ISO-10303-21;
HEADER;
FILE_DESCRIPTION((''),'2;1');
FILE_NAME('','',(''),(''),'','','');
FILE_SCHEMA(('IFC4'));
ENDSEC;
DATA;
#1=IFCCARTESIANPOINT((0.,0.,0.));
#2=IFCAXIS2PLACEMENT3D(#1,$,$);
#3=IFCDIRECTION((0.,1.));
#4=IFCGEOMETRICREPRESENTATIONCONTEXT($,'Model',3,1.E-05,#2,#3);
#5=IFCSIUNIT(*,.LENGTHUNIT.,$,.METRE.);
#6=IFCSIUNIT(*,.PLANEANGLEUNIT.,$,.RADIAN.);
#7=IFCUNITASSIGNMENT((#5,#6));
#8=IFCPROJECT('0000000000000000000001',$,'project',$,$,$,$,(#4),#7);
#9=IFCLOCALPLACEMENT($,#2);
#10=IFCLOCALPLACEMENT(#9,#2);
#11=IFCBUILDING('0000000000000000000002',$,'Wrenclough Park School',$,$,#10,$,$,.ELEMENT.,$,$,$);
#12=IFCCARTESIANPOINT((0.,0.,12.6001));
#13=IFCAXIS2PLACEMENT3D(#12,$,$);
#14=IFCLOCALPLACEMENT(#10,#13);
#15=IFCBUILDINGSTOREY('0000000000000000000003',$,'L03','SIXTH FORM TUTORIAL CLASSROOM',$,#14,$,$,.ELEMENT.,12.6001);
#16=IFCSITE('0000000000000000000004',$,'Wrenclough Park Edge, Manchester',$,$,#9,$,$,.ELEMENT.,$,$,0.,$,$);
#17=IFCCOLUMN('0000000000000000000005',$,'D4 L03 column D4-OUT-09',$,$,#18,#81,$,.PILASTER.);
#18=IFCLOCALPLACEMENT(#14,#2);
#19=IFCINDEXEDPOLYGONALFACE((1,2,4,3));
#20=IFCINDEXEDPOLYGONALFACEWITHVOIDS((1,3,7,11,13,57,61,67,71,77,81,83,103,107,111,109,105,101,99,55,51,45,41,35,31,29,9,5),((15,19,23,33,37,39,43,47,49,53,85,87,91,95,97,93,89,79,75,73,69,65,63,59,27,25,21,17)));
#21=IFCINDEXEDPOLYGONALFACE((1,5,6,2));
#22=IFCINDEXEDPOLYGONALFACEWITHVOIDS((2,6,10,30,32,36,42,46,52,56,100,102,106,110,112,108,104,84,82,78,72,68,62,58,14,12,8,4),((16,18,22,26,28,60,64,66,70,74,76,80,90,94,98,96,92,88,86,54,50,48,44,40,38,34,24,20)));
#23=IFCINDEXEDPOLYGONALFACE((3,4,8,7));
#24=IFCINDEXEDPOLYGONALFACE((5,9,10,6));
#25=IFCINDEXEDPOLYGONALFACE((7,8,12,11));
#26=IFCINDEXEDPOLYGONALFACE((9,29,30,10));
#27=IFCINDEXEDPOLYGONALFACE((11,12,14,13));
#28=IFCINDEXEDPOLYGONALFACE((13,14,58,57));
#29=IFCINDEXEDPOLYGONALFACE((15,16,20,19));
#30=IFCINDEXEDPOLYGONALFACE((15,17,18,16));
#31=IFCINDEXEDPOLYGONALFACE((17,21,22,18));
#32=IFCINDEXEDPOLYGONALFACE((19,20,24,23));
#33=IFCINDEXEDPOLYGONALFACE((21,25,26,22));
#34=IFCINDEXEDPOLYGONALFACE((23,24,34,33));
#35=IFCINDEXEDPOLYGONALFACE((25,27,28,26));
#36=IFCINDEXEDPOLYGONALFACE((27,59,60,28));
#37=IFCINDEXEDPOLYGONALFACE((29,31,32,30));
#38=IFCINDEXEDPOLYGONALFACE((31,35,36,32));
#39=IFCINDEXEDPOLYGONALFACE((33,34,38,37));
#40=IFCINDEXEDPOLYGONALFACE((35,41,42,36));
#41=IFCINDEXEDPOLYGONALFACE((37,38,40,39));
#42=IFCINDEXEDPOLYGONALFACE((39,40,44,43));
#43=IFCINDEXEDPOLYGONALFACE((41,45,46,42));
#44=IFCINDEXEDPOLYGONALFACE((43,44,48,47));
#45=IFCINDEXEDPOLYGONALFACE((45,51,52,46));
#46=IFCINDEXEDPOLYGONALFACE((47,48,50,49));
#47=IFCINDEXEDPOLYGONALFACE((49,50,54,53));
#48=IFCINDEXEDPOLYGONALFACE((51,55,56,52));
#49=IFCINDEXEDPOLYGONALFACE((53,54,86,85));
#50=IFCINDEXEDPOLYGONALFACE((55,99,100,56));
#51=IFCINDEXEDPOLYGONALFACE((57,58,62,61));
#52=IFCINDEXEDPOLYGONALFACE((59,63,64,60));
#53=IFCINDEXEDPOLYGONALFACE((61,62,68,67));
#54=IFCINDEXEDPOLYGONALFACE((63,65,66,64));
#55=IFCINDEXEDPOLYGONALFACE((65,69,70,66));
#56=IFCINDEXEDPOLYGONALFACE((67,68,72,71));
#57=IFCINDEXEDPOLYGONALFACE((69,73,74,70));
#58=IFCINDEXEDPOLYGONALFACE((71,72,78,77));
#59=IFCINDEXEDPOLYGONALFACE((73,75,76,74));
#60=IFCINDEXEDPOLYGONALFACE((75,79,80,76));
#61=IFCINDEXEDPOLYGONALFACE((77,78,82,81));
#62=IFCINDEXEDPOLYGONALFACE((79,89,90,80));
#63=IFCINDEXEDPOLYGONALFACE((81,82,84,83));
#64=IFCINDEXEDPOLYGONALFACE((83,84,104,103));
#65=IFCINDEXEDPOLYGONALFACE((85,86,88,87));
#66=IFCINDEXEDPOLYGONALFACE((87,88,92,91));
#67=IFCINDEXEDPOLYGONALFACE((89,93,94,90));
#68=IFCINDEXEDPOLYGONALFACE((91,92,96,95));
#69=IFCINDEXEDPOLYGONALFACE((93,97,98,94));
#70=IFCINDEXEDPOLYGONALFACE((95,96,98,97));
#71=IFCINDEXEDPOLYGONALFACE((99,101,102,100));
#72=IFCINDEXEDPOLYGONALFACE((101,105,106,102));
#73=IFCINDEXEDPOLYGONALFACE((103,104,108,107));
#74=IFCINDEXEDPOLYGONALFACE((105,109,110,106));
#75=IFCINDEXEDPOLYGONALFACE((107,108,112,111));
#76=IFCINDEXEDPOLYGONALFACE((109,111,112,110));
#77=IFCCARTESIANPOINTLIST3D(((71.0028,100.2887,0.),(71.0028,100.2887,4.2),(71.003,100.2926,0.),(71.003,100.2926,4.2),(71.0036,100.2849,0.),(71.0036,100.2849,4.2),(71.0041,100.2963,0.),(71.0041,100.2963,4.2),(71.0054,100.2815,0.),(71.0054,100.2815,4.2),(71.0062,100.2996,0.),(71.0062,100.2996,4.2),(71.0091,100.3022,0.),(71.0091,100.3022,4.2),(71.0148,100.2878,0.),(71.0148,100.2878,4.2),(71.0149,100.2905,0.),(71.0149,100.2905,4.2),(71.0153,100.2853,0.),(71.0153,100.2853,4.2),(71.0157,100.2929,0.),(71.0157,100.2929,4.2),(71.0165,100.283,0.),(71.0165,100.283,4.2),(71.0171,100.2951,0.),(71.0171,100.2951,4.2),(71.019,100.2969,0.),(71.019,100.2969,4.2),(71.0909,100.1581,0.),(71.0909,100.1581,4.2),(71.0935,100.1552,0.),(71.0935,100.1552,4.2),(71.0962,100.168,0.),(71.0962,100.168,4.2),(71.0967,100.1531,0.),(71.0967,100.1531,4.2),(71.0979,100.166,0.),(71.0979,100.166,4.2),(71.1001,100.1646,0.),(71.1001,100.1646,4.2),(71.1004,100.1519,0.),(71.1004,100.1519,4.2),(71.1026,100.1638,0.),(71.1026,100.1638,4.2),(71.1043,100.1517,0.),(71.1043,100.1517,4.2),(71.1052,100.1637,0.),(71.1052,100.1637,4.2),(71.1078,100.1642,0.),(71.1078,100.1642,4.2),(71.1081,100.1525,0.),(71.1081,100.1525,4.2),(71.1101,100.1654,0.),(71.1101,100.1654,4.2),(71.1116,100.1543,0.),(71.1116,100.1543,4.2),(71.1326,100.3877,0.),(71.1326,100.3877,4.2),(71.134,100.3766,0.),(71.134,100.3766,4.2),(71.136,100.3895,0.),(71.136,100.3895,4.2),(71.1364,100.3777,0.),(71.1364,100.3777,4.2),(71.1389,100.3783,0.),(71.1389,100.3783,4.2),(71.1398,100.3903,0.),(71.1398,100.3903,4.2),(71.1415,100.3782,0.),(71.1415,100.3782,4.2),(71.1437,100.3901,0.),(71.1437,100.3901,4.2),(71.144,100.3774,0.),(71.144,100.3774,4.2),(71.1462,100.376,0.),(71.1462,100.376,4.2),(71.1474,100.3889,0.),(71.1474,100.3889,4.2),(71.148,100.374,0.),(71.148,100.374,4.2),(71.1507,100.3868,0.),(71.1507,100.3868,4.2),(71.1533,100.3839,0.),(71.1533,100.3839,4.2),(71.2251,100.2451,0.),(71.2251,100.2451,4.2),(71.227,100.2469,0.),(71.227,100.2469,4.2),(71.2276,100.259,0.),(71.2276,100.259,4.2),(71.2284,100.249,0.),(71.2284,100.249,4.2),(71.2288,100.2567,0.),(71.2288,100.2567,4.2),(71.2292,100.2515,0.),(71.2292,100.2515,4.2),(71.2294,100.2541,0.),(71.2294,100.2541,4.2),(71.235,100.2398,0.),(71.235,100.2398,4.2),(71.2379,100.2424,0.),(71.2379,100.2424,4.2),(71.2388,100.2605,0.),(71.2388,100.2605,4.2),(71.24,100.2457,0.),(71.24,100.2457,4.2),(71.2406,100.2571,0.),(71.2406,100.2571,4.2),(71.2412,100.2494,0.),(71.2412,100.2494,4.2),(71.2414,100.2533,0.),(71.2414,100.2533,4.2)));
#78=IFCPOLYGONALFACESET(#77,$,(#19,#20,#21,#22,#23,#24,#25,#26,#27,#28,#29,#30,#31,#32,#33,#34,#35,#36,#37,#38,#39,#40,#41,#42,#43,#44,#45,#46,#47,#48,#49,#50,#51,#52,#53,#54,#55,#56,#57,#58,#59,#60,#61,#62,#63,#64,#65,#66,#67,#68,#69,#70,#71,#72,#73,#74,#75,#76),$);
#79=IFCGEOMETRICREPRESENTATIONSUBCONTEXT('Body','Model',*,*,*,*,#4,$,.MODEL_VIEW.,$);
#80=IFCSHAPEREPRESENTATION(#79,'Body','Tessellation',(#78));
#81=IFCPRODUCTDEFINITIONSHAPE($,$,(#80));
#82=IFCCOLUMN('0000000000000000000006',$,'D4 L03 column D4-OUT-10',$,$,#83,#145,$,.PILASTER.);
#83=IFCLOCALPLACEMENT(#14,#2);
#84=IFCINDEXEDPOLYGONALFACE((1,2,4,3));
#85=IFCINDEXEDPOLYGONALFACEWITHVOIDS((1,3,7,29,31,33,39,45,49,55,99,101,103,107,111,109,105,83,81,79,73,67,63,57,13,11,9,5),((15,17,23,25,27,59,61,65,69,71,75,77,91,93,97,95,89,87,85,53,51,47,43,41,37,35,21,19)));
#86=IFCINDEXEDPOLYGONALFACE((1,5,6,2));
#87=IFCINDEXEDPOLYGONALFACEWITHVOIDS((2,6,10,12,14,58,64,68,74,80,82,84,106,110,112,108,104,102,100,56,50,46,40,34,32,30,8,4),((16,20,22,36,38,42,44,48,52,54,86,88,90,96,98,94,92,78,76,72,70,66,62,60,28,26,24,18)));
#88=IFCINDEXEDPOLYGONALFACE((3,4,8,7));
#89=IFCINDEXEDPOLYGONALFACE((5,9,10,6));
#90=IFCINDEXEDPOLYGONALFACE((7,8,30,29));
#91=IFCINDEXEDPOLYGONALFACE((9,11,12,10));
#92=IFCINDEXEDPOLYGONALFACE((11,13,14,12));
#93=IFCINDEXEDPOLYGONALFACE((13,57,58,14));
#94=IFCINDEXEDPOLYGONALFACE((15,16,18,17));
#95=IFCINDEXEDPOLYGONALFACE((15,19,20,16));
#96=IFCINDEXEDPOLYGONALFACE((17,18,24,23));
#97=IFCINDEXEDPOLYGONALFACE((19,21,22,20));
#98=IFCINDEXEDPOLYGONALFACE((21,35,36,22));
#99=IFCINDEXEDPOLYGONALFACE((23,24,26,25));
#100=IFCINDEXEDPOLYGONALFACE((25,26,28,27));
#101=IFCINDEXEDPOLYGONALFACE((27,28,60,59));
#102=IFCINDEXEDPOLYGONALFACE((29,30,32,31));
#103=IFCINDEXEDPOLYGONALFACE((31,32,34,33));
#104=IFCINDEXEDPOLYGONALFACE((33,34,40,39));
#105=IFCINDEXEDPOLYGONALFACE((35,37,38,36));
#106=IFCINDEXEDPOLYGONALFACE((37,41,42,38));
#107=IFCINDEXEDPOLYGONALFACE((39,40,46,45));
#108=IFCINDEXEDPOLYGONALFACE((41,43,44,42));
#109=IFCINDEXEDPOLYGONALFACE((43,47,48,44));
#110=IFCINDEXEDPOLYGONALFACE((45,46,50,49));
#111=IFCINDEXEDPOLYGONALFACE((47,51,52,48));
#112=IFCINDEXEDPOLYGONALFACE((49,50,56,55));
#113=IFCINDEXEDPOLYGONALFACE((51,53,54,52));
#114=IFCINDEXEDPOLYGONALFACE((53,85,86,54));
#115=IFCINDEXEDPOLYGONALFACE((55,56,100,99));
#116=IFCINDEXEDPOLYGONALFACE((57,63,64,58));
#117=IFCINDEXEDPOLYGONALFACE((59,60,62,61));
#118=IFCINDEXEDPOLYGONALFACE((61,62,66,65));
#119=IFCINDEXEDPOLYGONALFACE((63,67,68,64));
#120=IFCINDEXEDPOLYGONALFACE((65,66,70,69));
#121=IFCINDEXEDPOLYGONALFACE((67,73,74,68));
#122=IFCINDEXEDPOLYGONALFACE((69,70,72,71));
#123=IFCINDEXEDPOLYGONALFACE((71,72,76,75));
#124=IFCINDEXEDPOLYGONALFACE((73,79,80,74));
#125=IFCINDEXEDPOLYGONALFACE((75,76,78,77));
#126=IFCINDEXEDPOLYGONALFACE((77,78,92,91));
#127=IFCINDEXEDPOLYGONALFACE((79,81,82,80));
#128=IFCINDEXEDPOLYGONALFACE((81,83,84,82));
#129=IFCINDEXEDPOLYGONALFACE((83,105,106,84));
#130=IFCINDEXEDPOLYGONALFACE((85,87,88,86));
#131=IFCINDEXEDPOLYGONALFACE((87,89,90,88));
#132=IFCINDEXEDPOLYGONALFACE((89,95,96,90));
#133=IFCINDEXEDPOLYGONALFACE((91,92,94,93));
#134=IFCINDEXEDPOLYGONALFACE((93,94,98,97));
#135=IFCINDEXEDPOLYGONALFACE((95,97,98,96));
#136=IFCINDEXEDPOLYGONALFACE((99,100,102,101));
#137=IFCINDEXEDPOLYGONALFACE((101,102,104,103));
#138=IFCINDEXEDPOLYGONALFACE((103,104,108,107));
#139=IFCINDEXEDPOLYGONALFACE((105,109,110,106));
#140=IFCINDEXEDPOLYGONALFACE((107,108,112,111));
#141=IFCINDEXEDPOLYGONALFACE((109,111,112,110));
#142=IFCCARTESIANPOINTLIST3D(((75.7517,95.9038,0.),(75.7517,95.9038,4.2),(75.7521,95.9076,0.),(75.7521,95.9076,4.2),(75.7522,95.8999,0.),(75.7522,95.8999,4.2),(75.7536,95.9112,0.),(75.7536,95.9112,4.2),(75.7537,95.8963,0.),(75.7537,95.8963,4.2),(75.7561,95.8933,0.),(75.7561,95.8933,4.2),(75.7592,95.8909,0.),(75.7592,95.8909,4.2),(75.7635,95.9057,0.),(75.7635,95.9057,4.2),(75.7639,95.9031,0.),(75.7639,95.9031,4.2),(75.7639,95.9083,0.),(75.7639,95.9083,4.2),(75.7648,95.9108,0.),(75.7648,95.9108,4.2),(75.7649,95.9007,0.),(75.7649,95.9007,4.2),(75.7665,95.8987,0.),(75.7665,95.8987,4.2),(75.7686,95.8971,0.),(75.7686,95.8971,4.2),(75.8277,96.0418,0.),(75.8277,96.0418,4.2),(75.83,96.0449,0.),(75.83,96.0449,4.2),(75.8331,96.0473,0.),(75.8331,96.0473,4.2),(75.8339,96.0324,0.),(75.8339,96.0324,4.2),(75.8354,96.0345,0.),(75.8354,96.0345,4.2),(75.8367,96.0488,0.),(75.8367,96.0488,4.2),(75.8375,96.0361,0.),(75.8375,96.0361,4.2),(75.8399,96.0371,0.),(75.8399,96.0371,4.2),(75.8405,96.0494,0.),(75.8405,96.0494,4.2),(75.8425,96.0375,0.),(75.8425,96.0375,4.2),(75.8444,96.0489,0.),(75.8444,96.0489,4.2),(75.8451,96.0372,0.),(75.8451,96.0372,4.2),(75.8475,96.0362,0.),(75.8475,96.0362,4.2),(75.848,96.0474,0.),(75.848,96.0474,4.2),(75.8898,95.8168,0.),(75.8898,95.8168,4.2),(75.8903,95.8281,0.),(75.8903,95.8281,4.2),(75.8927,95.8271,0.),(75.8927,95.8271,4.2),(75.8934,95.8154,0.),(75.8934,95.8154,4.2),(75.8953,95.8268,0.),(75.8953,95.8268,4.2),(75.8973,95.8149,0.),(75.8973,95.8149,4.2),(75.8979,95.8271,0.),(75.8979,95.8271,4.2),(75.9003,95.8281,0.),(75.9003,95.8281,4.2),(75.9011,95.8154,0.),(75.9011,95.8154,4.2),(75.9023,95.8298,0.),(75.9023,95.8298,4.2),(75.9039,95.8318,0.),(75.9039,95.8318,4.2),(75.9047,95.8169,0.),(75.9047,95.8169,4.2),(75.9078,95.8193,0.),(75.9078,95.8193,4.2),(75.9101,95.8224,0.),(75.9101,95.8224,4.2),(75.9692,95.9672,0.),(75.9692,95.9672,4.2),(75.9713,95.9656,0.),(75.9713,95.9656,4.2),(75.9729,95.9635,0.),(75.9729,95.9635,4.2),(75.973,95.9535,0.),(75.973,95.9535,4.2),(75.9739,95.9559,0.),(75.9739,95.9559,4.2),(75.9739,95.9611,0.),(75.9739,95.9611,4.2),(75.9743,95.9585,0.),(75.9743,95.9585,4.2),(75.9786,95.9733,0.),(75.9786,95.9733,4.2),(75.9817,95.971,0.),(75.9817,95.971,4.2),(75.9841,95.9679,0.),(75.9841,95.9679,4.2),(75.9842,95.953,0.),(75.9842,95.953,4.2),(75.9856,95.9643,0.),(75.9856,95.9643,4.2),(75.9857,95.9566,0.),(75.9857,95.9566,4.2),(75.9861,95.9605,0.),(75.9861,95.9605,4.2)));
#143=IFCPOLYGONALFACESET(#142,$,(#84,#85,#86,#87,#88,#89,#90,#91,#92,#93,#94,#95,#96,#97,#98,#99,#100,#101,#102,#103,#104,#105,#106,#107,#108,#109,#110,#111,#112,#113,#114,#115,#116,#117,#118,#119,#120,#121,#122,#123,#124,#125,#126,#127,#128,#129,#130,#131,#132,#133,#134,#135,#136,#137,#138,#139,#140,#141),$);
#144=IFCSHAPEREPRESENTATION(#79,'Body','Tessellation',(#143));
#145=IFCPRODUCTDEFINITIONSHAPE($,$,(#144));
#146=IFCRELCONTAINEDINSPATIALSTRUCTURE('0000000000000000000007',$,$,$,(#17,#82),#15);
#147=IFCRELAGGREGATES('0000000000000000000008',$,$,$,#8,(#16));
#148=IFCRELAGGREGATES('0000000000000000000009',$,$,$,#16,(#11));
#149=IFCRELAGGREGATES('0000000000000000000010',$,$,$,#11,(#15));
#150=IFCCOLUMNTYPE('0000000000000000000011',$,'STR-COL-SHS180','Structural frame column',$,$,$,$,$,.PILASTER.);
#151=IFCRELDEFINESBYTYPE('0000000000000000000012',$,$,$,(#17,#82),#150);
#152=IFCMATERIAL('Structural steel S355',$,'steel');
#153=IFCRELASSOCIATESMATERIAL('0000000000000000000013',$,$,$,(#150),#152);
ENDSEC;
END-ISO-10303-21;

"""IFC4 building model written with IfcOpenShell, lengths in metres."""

from ifc_helpers import new_model, si_unit, direction, frame, origin, origin_2d, place, context, subcontext, project, spatial, hollow_rectangle, extrude, material, material_profile, profile_set, type_object, element, save


model = new_model("IFC4")

# Units and contexts
model_context = context("Model", 3, precision=1e-05, world=origin(), true_north=direction((0.0, 1.0)))
body_context = subcontext(model_context, "Body", "Model", "MODEL_VIEW")
ifc_project = project(units=[si_unit("LENGTHUNIT", "METRE"), si_unit("PLANEANGLEUNIT", "RADIAN")], contexts=[model_context])

# Site, building, storey
site_placement = place(None, origin())
site = spatial("IfcSite", under=ifc_project, at=site_placement, Name="Wrenclough Park Edge, Manchester", CompositionType="ELEMENT", RefElevation=0.0)
building_placement = place(site_placement, origin())
building = spatial("IfcBuilding", under=site, at=building_placement, Name="Wrenclough Park School", CompositionType="ELEMENT")
storey_placement = place(building_placement, frame((0.0, 0.0, 12.6001)))
storey = spatial("IfcBuildingStorey", under=building, at=storey_placement, Name="L03", Description="SIXTH FORM TUTORIAL CLASSROOM", CompositionType="ELEMENT", Elevation=12.6001)

# Columns
ifc_material_1 = material(Name="Structural steel S355", Category="steel")
ifc_material_profile_1 = material_profile(ifc_material_1, hollow_rectangle(XDim=0.1799, YDim=0.1799, WallThickness=0.01, InnerFilletRadius=0.01, OuterFilletRadius=0.0149, at=origin_2d()), Name="SHS 180x180x10.0")
ifc_profile_set_1 = profile_set([ifc_material_profile_1], Name="Structural steel S355")
column_type = type_object("IfcColumnType", Name="STR-COL-SHS180", Description="Structural frame column", PredefinedType="PILASTER", material=ifc_profile_set_1)
for number, where, z_axis, x_axis, name in (
    (1, (71.1221, 100.271, 0.0), (0.0, 0.0, 1.0), (0.569423, -0.822045, 0.0), "D4 L03 column D4-OUT-09"),
    (2, (75.8689, 95.9321, 0.0), (0.0, 0.0, 1.0), (0.869753, -0.493487, 0.0), "D4 L03 column D4-OUT-10"),
):
    element("IfcColumn", number, at=place(storey_placement, frame(where, z_axis=z_axis, x_axis=x_axis)), inside=storey, type_object=column_type, Name=name, PredefinedType="PILASTER", context=body_context, shape_type="SweptSolid", body=[
        extrude(hollow_rectangle(XDim=0.1799, YDim=0.1799, WallThickness=0.01, InnerFilletRadius=0.01, OuterFilletRadius=0.0149, at=origin_2d()), origin(), (0.0, 0.0, 1.0), 4.2),
    ])

save(model, "model.ifc")
